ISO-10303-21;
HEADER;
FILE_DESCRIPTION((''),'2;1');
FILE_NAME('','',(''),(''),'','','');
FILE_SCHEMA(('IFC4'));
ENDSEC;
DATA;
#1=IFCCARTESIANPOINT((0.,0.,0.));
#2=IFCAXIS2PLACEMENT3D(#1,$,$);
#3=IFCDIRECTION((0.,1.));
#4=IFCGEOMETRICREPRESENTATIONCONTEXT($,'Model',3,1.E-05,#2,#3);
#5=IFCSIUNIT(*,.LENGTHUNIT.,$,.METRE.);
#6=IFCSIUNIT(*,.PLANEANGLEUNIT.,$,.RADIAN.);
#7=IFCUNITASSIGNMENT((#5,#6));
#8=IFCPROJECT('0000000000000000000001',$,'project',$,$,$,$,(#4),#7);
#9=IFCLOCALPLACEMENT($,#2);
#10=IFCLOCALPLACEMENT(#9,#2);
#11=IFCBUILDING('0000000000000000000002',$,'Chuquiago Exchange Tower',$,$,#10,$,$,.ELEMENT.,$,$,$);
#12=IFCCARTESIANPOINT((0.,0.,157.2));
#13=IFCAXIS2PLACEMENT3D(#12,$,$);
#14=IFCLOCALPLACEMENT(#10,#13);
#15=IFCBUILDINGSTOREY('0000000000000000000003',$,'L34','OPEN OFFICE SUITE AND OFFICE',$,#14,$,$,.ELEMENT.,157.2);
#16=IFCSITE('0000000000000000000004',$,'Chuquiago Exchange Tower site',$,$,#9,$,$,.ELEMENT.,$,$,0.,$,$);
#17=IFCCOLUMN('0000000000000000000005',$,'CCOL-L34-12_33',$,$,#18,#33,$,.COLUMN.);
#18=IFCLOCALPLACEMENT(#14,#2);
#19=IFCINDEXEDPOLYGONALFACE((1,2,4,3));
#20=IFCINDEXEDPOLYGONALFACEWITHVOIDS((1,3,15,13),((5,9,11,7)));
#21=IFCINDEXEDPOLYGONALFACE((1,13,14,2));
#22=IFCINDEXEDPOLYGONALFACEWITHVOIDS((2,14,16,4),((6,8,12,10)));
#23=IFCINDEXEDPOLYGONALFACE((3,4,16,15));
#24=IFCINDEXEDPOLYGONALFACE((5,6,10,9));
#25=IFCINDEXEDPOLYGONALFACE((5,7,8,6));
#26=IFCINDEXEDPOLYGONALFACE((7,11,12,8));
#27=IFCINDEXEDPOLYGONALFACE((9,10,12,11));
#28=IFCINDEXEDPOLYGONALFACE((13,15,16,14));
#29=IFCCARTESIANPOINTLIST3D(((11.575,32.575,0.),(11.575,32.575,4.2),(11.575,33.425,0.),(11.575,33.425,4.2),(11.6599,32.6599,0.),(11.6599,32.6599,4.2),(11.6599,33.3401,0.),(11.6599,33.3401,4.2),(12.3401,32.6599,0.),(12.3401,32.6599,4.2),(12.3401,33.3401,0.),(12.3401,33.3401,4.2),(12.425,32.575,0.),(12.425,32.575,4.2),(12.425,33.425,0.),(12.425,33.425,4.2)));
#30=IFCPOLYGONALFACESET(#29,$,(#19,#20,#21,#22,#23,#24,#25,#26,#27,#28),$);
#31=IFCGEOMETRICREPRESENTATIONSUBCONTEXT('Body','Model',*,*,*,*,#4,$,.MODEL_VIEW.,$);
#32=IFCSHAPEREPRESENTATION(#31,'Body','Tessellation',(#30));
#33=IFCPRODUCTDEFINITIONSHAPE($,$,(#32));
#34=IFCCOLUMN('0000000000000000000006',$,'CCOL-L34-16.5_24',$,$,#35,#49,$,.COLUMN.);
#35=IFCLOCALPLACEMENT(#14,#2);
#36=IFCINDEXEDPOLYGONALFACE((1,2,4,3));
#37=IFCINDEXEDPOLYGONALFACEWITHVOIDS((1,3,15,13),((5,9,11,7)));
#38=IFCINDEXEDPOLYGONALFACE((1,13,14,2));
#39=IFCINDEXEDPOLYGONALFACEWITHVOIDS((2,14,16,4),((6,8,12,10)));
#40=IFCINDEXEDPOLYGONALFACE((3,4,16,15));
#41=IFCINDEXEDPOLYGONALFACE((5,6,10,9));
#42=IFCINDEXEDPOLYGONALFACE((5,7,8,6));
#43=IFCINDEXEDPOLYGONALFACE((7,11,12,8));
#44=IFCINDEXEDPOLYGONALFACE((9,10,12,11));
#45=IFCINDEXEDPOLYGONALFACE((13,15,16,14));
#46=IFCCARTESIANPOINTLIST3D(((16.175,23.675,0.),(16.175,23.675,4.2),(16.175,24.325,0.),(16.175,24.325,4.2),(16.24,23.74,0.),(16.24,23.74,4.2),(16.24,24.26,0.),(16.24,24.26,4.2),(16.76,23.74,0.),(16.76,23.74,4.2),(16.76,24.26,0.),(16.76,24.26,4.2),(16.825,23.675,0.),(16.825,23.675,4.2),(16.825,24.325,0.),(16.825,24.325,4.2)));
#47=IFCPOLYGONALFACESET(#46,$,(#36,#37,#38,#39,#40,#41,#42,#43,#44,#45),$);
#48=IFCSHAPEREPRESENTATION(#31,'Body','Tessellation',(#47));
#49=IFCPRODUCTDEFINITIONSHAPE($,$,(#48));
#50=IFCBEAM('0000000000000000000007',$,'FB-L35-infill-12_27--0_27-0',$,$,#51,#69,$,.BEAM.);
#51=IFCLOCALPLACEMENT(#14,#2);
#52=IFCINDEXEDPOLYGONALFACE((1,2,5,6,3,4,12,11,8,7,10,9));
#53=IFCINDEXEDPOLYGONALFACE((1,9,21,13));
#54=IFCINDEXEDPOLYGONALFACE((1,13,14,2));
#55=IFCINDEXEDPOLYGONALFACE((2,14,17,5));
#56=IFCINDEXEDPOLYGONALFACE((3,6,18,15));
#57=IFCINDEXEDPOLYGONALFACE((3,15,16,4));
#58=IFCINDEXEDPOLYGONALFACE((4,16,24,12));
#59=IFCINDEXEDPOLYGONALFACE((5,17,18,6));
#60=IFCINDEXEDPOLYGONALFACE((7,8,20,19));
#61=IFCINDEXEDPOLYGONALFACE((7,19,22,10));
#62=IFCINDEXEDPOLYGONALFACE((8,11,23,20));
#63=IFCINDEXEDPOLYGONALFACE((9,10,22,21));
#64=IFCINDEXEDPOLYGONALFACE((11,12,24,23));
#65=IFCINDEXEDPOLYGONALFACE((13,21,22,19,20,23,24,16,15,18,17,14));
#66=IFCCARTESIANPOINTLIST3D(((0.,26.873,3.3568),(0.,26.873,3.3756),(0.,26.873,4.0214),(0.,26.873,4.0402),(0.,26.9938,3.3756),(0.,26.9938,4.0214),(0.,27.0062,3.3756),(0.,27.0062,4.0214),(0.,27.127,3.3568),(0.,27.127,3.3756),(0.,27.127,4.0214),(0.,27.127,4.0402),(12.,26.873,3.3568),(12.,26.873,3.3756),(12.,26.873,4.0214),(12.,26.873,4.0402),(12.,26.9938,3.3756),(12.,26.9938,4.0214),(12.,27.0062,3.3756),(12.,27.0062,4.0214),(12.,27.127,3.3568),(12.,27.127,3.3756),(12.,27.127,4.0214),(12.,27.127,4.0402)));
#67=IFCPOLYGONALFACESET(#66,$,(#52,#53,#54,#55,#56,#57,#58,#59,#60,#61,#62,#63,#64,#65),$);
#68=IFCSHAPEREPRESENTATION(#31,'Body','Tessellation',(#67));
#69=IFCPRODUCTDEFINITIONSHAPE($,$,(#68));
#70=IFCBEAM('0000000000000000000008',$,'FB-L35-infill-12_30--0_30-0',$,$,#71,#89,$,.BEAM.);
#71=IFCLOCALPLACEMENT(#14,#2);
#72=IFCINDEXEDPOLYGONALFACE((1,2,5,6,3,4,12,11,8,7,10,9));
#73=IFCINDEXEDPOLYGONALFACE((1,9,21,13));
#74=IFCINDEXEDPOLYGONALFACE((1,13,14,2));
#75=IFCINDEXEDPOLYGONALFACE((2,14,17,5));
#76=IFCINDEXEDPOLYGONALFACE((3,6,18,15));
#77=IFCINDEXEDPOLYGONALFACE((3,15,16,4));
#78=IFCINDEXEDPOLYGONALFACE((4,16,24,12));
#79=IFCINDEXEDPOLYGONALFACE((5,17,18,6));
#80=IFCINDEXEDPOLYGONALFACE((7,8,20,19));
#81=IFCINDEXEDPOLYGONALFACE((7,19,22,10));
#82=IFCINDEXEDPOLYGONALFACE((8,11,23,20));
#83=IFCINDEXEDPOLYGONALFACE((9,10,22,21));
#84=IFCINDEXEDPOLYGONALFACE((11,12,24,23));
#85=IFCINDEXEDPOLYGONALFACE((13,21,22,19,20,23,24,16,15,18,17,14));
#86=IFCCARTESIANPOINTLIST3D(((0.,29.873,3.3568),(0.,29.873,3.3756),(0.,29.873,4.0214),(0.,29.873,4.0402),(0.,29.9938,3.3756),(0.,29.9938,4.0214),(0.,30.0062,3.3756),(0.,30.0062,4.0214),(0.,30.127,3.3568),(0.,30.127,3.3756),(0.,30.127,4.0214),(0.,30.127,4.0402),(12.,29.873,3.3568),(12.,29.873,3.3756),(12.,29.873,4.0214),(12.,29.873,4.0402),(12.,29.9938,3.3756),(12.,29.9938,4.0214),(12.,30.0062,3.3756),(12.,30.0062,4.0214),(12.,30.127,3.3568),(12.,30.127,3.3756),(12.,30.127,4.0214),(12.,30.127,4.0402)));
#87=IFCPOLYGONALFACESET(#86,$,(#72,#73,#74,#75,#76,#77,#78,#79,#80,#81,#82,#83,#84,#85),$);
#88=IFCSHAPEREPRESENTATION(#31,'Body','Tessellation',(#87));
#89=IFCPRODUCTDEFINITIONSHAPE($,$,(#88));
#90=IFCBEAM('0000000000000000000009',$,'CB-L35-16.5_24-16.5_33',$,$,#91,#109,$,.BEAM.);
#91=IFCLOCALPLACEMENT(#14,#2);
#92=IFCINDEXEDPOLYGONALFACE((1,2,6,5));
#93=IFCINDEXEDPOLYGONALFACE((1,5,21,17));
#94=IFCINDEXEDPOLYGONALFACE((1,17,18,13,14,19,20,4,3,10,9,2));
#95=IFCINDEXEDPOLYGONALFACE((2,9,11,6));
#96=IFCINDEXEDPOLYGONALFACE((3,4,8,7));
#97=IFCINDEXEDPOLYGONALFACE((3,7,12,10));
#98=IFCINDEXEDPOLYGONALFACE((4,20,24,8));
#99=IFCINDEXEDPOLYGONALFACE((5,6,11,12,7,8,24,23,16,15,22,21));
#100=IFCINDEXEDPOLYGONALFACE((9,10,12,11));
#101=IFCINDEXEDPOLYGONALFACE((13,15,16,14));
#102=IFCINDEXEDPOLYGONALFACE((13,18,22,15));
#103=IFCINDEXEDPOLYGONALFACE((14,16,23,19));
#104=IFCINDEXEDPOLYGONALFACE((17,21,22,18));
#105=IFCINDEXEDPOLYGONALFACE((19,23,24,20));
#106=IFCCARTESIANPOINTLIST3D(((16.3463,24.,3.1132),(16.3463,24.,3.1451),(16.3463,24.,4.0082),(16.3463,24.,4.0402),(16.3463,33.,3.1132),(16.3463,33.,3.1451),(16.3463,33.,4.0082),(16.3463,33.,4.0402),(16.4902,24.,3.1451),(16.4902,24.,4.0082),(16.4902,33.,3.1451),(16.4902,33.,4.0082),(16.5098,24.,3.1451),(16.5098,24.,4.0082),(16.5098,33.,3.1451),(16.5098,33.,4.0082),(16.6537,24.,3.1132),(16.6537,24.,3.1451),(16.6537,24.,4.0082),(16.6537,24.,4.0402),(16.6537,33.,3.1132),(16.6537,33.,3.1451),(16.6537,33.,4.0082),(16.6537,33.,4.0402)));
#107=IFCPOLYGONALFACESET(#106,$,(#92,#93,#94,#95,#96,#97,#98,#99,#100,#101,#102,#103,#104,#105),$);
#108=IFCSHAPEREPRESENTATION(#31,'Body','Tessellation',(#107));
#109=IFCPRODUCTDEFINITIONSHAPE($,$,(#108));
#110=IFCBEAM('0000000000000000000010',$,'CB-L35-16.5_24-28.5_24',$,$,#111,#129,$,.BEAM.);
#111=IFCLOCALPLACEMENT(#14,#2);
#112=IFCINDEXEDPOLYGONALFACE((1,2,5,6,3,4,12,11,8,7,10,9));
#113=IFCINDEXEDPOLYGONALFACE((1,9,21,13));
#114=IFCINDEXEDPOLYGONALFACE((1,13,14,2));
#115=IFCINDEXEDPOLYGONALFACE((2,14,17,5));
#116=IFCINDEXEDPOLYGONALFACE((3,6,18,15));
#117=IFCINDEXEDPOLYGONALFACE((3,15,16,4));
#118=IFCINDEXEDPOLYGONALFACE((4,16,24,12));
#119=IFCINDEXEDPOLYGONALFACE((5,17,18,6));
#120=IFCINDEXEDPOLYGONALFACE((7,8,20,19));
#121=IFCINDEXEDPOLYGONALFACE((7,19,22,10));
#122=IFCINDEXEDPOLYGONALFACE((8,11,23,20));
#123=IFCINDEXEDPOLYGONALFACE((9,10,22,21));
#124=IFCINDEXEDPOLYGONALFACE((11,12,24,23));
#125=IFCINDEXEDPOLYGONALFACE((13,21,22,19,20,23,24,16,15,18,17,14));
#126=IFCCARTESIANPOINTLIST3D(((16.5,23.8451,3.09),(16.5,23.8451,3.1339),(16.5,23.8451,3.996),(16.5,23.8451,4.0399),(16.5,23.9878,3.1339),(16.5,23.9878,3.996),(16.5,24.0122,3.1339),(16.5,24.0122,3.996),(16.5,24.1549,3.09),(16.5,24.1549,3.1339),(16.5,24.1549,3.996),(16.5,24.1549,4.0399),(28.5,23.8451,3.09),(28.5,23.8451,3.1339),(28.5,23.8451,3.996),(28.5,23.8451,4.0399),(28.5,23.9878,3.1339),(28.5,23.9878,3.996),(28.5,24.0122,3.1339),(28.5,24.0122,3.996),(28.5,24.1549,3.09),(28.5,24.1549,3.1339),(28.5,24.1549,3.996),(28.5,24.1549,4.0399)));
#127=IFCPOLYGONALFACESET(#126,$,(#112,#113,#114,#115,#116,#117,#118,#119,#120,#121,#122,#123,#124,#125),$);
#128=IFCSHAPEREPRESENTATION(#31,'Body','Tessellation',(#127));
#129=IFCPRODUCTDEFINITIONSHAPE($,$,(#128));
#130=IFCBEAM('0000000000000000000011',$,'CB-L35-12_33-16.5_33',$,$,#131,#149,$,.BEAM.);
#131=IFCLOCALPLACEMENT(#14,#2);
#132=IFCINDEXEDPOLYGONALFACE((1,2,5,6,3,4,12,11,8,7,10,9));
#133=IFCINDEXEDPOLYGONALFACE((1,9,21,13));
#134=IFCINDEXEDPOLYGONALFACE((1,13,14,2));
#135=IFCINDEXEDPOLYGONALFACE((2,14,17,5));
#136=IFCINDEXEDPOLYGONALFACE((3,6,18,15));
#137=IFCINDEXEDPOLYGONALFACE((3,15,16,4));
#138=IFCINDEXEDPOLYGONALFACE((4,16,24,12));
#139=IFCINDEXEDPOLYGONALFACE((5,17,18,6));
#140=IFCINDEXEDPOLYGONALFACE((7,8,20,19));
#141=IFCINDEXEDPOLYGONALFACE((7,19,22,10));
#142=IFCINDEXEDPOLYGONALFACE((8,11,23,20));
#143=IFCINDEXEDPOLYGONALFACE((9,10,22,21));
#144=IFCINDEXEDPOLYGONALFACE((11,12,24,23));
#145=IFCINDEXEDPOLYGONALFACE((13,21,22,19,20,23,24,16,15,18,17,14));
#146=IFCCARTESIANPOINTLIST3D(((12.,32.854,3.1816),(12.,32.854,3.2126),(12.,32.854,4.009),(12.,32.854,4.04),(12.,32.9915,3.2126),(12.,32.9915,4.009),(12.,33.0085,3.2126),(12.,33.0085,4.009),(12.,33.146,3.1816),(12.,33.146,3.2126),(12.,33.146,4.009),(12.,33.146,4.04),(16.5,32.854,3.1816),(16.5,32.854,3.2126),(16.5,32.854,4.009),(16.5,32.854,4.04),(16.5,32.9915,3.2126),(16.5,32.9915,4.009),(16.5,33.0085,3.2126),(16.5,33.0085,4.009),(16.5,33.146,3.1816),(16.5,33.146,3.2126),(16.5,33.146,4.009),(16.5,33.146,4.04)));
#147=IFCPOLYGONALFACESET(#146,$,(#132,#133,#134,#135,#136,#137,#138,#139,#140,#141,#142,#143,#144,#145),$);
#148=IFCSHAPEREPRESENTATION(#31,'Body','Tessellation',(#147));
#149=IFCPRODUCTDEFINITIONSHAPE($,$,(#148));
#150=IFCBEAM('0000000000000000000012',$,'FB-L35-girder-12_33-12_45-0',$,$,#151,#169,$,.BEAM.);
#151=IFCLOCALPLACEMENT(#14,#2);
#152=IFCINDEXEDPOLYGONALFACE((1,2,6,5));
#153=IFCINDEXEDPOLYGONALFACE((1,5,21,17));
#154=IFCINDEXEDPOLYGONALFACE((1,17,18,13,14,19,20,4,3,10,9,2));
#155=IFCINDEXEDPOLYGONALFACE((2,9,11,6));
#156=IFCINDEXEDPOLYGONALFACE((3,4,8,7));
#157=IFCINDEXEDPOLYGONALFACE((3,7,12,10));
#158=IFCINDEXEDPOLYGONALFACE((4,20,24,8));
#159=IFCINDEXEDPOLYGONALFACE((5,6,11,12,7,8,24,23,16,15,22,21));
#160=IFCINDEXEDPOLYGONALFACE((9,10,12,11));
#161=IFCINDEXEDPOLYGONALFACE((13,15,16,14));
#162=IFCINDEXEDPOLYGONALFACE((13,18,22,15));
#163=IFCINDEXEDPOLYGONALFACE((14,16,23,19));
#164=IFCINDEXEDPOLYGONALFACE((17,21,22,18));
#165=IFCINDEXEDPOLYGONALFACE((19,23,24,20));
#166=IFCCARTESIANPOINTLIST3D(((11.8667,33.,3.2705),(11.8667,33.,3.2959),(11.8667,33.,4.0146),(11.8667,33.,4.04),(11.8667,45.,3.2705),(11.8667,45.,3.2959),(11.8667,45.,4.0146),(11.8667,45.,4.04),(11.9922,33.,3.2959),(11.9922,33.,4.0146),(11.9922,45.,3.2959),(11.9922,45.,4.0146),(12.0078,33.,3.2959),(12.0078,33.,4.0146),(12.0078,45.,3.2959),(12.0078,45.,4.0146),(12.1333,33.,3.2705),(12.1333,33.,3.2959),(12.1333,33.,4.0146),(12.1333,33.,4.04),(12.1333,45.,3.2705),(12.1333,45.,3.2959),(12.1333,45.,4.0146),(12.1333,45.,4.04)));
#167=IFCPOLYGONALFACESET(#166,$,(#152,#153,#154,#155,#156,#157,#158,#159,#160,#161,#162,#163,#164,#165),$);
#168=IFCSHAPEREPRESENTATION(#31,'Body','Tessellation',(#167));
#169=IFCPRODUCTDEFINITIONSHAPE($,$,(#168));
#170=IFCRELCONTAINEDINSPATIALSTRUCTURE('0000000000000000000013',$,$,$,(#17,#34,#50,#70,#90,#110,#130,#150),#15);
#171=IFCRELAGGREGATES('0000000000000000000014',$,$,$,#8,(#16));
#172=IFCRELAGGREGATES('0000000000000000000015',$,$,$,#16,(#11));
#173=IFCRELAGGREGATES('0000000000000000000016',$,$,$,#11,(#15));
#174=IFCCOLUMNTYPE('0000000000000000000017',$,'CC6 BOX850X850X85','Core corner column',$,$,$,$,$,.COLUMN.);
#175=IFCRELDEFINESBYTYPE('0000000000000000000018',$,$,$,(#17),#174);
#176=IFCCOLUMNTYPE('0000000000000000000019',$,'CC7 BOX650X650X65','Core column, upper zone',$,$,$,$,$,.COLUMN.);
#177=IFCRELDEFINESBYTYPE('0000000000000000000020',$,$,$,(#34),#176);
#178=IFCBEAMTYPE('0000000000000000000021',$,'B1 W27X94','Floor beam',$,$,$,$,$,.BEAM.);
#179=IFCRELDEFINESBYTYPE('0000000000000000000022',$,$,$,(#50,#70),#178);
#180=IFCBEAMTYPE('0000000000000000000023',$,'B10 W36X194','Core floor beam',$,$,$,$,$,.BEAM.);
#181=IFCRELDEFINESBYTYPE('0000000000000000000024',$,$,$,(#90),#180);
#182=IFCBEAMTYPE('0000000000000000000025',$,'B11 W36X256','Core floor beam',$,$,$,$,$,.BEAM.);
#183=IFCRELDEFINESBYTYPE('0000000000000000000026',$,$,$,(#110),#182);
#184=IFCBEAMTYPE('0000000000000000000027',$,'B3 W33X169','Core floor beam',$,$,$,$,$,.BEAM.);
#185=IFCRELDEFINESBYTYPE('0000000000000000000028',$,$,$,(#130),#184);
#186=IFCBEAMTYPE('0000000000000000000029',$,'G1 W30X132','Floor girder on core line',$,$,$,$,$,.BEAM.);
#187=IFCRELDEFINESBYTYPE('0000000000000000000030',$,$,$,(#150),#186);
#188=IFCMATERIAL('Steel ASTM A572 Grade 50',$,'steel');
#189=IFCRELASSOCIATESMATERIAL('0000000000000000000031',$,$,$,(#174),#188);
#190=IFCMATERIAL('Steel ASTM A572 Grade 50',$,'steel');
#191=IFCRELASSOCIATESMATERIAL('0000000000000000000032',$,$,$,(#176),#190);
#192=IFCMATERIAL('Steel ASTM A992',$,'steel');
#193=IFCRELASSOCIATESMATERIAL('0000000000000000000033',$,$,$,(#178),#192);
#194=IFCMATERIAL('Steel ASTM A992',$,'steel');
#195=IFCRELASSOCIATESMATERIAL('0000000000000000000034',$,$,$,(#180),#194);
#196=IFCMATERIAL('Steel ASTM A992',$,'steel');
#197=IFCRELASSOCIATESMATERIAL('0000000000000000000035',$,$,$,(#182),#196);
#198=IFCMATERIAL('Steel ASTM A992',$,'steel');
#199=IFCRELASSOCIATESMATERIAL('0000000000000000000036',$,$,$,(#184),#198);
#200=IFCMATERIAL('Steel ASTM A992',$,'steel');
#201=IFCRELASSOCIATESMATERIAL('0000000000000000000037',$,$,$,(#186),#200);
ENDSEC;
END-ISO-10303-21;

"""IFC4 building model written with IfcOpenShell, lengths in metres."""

from ifc_helpers import new_model, si_unit, direction, frame, origin, origin_2d, place, context, subcontext, project, spatial, hollow_rectangle, i_section, extrude, material, material_profile, profile_set, type_object, element, save


model = new_model("IFC4")

# Units and contexts
model_context = context("Model", 3, precision=1e-05, world=origin(), true_north=direction((0.0, 1.0)))
body_context = subcontext(model_context, "Body", "Model", "MODEL_VIEW")
ifc_project = project(units=[si_unit("LENGTHUNIT", "METRE"), si_unit("PLANEANGLEUNIT", "RADIAN")], contexts=[model_context])

# Site, building, storey
site_placement = place(None, origin())
site = spatial("IfcSite", under=ifc_project, at=site_placement, Name="Chuquiago Exchange Tower site", CompositionType="ELEMENT", RefElevation=0.0)
building_placement = place(site_placement, origin())
building = spatial("IfcBuilding", under=site, at=building_placement, Name="Chuquiago Exchange Tower", CompositionType="ELEMENT")
storey_placement = place(building_placement, frame((0.0, 0.0, 157.2)))
storey = spatial("IfcBuildingStorey", under=building, at=storey_placement, Name="L34", Description="OPEN OFFICE SUITE AND OFFICE", CompositionType="ELEMENT", Elevation=157.2)

# Columns
ifc_material_1 = material(Name="Steel ASTM A572 Grade 50", Category="steel")
ifc_material_profile_1 = material_profile(ifc_material_1, hollow_rectangle(XDim=0.8501, YDim=0.8501, WallThickness=0.085, at=origin_2d()), Name="BOX850X850X85")
ifc_profile_set_1 = profile_set([ifc_material_profile_1], Name="Steel ASTM A572 Grade 50")
column_type_1 = type_object("IfcColumnType", Name="CC6 BOX850X850X85", Description="Core corner column", PredefinedType="COLUMN", material=ifc_profile_set_1)
column_1_placement = place(storey_placement, frame((12.0, 33.0, 0.0), z_axis=(0.0, 0.0, 1.0), x_axis=(1.0, 0.0, 0.0)))
element("IfcColumn", 1, at=column_1_placement, inside=storey, type_object=column_type_1, Name="CCOL-L34-12_33", PredefinedType="COLUMN", context=body_context, shape_type="SweptSolid", body=[
    extrude(hollow_rectangle(XDim=0.8501, YDim=0.8501, WallThickness=0.085, at=origin_2d()), origin(), (0.0, 0.0, 1.0), 4.2),
])
ifc_material_2 = material(Name="Steel ASTM A572 Grade 50", Category="steel")
ifc_material_profile_2 = material_profile(ifc_material_2, hollow_rectangle(XDim=0.6499, YDim=0.6499, WallThickness=0.0649, at=origin_2d()), Name="BOX650X650X65")
ifc_profile_set_2 = profile_set([ifc_material_profile_2], Name="Steel ASTM A572 Grade 50")
column_type_2 = type_object("IfcColumnType", Name="CC7 BOX650X650X65", Description="Core column, upper zone", PredefinedType="COLUMN", material=ifc_profile_set_2)
column_2_placement = place(storey_placement, frame((16.5, 24.0, 0.0), z_axis=(0.0, 0.0, 1.0), x_axis=(1.0, 0.0, 0.0)))
element("IfcColumn", 2, at=column_2_placement, inside=storey, type_object=column_type_2, Name="CCOL-L34-16.5_24", PredefinedType="COLUMN", context=body_context, shape_type="SweptSolid", body=[
    extrude(hollow_rectangle(XDim=0.6499, YDim=0.6499, WallThickness=0.0649, at=origin_2d()), origin(), (0.0, 0.0, 1.0), 4.2),
])

# Beams
ifc_material_3 = material(Name="Steel ASTM A992", Category="steel")
ifc_material_profile_3 = material_profile(ifc_material_3, i_section(OverallWidth=0.2539, OverallDepth=0.6833, WebThickness=0.0125, FlangeThickness=0.0188, at=origin_2d()), Name="W27X94")
ifc_profile_set_3 = profile_set([ifc_material_profile_3], Name="Steel ASTM A992")
beam_type_1 = type_object("IfcBeamType", Name="B1 W27X94", Description="Floor beam", PredefinedType="BEAM", material=ifc_profile_set_3)
for number, where, z_axis, x_axis, name in (
    (3, (12.0, 27.0, 3.6985), (-1.0, 0.0, 0.0), (0.0, -1.0, 0.0), "FB-L35-infill-12_27--0_27-0"),
    (4, (12.0, 30.0, 3.6985), (-1.0, 0.0, 0.0), (0.0, -1.0, 0.0), "FB-L35-infill-12_30--0_30-0"),
):
    element("IfcBeam", number, at=place(storey_placement, frame(where, z_axis=z_axis, x_axis=x_axis)), inside=storey, type_object=beam_type_1, Name=name, PredefinedType="BEAM", context=body_context, shape_type="SweptSolid", body=[
        extrude(i_section(OverallWidth=0.2539, OverallDepth=0.6833, WebThickness=0.0125, FlangeThickness=0.0188, at=origin_2d()), origin(), (0.0, 0.0, 1.0), 12.0),
    ])
ifc_material_4 = material(Name="Steel ASTM A992", Category="steel")
ifc_material_profile_4 = material_profile(ifc_material_4, i_section(OverallWidth=0.3074, OverallDepth=0.927, WebThickness=0.0195, FlangeThickness=0.032, at=origin_2d()), Name="W36X194")
ifc_profile_set_4 = profile_set([ifc_material_profile_4], Name="Steel ASTM A992")
beam_type_2 = type_object("IfcBeamType", Name="B10 W36X194", Description="Core floor beam", PredefinedType="BEAM", material=ifc_profile_set_4)
beam_1_placement = place(storey_placement, frame((16.5, 24.0, 3.5767), z_axis=(0.0, 1.0, 0.0), x_axis=(-1.0, 0.0, 0.0)))
element("IfcBeam", 5, at=beam_1_placement, inside=storey, type_object=beam_type_2, Name="CB-L35-16.5_24-16.5_33", PredefinedType="BEAM", context=body_context, shape_type="SweptSolid", body=[
    extrude(i_section(OverallWidth=0.3074, OverallDepth=0.927, WebThickness=0.0195, FlangeThickness=0.032, at=origin_2d()), origin(), (0.0, 0.0, 1.0), 9.0),
])
ifc_material_5 = material(Name="Steel ASTM A992", Category="steel")
ifc_material_profile_5 = material_profile(ifc_material_5, i_section(OverallWidth=0.3098, OverallDepth=0.95, WebThickness=0.0244, FlangeThickness=0.0439, at=origin_2d()), Name="W36X256")
ifc_profile_set_5 = profile_set([ifc_material_profile_5], Name="Steel ASTM A992")
beam_type_3 = type_object("IfcBeamType", Name="B11 W36X256", Description="Core floor beam", PredefinedType="BEAM", material=ifc_profile_set_5)
beam_2_placement = place(storey_placement, frame((16.5, 24.0, 3.5649), z_axis=(1.0, 0.0, 0.0), x_axis=(0.0, 1.0, 0.0)))
element("IfcBeam", 6, at=beam_2_placement, inside=storey, type_object=beam_type_3, Name="CB-L35-16.5_24-28.5_24", PredefinedType="BEAM", context=body_context, shape_type="SweptSolid", body=[
    extrude(i_section(OverallWidth=0.3098, OverallDepth=0.95, WebThickness=0.0244, FlangeThickness=0.0439, at=origin_2d()), origin(), (0.0, 0.0, 1.0), 12.0),
])
ifc_material_6 = material(Name="Steel ASTM A992", Category="steel")
ifc_material_profile_6 = material_profile(ifc_material_6, i_section(OverallWidth=0.292, OverallDepth=0.8584, WebThickness=0.0171, FlangeThickness=0.031, at=origin_2d()), Name="W33X169")
ifc_profile_set_6 = profile_set([ifc_material_profile_6], Name="Steel ASTM A992")
beam_type_4 = type_object("IfcBeamType", Name="B3 W33X169", Description="Core floor beam", PredefinedType="BEAM", material=ifc_profile_set_6)
beam_3_placement = place(storey_placement, frame((12.0, 33.0, 3.6108), z_axis=(1.0, 0.0, 0.0), x_axis=(0.0, 1.0, 0.0)))
element("IfcBeam", 7, at=beam_3_placement, inside=storey, type_object=beam_type_4, Name="CB-L35-12_33-16.5_33", PredefinedType="BEAM", context=body_context, shape_type="SweptSolid", body=[
    extrude(i_section(OverallWidth=0.292, OverallDepth=0.8584, WebThickness=0.0171, FlangeThickness=0.031, at=origin_2d()), origin(), (0.0, 0.0, 1.0), 4.5),
])
ifc_material_7 = material(Name="Steel ASTM A992", Category="steel")
ifc_material_profile_7 = material_profile(ifc_material_7, i_section(OverallWidth=0.2666, OverallDepth=0.7695, WebThickness=0.0156, FlangeThickness=0.0254, at=origin_2d()), Name="W30X132")
ifc_profile_set_7 = profile_set([ifc_material_profile_7], Name="Steel ASTM A992")
beam_type_5 = type_object("IfcBeamType", Name="G1 W30X132", Description="Floor girder on core line", PredefinedType="BEAM", material=ifc_profile_set_7)
for number, where, z_axis, x_axis, name in (
    (8, (12.0, 33.0, 3.6553), (0.0, 1.0, 0.0), (-1.0, 0.0, 0.0), "FB-L35-girder-12_33-12_45-0"),
):
    element("IfcBeam", number, at=place(storey_placement, frame(where, z_axis=z_axis, x_axis=x_axis)), inside=storey, type_object=beam_type_5, Name=name, PredefinedType="BEAM", context=body_context, shape_type="SweptSolid", body=[
        extrude(i_section(OverallWidth=0.2666, OverallDepth=0.7695, WebThickness=0.0156, FlangeThickness=0.0254, at=origin_2d()), origin(), (0.0, 0.0, 1.0), 12.0),
    ])

save(model, "model.ifc")
